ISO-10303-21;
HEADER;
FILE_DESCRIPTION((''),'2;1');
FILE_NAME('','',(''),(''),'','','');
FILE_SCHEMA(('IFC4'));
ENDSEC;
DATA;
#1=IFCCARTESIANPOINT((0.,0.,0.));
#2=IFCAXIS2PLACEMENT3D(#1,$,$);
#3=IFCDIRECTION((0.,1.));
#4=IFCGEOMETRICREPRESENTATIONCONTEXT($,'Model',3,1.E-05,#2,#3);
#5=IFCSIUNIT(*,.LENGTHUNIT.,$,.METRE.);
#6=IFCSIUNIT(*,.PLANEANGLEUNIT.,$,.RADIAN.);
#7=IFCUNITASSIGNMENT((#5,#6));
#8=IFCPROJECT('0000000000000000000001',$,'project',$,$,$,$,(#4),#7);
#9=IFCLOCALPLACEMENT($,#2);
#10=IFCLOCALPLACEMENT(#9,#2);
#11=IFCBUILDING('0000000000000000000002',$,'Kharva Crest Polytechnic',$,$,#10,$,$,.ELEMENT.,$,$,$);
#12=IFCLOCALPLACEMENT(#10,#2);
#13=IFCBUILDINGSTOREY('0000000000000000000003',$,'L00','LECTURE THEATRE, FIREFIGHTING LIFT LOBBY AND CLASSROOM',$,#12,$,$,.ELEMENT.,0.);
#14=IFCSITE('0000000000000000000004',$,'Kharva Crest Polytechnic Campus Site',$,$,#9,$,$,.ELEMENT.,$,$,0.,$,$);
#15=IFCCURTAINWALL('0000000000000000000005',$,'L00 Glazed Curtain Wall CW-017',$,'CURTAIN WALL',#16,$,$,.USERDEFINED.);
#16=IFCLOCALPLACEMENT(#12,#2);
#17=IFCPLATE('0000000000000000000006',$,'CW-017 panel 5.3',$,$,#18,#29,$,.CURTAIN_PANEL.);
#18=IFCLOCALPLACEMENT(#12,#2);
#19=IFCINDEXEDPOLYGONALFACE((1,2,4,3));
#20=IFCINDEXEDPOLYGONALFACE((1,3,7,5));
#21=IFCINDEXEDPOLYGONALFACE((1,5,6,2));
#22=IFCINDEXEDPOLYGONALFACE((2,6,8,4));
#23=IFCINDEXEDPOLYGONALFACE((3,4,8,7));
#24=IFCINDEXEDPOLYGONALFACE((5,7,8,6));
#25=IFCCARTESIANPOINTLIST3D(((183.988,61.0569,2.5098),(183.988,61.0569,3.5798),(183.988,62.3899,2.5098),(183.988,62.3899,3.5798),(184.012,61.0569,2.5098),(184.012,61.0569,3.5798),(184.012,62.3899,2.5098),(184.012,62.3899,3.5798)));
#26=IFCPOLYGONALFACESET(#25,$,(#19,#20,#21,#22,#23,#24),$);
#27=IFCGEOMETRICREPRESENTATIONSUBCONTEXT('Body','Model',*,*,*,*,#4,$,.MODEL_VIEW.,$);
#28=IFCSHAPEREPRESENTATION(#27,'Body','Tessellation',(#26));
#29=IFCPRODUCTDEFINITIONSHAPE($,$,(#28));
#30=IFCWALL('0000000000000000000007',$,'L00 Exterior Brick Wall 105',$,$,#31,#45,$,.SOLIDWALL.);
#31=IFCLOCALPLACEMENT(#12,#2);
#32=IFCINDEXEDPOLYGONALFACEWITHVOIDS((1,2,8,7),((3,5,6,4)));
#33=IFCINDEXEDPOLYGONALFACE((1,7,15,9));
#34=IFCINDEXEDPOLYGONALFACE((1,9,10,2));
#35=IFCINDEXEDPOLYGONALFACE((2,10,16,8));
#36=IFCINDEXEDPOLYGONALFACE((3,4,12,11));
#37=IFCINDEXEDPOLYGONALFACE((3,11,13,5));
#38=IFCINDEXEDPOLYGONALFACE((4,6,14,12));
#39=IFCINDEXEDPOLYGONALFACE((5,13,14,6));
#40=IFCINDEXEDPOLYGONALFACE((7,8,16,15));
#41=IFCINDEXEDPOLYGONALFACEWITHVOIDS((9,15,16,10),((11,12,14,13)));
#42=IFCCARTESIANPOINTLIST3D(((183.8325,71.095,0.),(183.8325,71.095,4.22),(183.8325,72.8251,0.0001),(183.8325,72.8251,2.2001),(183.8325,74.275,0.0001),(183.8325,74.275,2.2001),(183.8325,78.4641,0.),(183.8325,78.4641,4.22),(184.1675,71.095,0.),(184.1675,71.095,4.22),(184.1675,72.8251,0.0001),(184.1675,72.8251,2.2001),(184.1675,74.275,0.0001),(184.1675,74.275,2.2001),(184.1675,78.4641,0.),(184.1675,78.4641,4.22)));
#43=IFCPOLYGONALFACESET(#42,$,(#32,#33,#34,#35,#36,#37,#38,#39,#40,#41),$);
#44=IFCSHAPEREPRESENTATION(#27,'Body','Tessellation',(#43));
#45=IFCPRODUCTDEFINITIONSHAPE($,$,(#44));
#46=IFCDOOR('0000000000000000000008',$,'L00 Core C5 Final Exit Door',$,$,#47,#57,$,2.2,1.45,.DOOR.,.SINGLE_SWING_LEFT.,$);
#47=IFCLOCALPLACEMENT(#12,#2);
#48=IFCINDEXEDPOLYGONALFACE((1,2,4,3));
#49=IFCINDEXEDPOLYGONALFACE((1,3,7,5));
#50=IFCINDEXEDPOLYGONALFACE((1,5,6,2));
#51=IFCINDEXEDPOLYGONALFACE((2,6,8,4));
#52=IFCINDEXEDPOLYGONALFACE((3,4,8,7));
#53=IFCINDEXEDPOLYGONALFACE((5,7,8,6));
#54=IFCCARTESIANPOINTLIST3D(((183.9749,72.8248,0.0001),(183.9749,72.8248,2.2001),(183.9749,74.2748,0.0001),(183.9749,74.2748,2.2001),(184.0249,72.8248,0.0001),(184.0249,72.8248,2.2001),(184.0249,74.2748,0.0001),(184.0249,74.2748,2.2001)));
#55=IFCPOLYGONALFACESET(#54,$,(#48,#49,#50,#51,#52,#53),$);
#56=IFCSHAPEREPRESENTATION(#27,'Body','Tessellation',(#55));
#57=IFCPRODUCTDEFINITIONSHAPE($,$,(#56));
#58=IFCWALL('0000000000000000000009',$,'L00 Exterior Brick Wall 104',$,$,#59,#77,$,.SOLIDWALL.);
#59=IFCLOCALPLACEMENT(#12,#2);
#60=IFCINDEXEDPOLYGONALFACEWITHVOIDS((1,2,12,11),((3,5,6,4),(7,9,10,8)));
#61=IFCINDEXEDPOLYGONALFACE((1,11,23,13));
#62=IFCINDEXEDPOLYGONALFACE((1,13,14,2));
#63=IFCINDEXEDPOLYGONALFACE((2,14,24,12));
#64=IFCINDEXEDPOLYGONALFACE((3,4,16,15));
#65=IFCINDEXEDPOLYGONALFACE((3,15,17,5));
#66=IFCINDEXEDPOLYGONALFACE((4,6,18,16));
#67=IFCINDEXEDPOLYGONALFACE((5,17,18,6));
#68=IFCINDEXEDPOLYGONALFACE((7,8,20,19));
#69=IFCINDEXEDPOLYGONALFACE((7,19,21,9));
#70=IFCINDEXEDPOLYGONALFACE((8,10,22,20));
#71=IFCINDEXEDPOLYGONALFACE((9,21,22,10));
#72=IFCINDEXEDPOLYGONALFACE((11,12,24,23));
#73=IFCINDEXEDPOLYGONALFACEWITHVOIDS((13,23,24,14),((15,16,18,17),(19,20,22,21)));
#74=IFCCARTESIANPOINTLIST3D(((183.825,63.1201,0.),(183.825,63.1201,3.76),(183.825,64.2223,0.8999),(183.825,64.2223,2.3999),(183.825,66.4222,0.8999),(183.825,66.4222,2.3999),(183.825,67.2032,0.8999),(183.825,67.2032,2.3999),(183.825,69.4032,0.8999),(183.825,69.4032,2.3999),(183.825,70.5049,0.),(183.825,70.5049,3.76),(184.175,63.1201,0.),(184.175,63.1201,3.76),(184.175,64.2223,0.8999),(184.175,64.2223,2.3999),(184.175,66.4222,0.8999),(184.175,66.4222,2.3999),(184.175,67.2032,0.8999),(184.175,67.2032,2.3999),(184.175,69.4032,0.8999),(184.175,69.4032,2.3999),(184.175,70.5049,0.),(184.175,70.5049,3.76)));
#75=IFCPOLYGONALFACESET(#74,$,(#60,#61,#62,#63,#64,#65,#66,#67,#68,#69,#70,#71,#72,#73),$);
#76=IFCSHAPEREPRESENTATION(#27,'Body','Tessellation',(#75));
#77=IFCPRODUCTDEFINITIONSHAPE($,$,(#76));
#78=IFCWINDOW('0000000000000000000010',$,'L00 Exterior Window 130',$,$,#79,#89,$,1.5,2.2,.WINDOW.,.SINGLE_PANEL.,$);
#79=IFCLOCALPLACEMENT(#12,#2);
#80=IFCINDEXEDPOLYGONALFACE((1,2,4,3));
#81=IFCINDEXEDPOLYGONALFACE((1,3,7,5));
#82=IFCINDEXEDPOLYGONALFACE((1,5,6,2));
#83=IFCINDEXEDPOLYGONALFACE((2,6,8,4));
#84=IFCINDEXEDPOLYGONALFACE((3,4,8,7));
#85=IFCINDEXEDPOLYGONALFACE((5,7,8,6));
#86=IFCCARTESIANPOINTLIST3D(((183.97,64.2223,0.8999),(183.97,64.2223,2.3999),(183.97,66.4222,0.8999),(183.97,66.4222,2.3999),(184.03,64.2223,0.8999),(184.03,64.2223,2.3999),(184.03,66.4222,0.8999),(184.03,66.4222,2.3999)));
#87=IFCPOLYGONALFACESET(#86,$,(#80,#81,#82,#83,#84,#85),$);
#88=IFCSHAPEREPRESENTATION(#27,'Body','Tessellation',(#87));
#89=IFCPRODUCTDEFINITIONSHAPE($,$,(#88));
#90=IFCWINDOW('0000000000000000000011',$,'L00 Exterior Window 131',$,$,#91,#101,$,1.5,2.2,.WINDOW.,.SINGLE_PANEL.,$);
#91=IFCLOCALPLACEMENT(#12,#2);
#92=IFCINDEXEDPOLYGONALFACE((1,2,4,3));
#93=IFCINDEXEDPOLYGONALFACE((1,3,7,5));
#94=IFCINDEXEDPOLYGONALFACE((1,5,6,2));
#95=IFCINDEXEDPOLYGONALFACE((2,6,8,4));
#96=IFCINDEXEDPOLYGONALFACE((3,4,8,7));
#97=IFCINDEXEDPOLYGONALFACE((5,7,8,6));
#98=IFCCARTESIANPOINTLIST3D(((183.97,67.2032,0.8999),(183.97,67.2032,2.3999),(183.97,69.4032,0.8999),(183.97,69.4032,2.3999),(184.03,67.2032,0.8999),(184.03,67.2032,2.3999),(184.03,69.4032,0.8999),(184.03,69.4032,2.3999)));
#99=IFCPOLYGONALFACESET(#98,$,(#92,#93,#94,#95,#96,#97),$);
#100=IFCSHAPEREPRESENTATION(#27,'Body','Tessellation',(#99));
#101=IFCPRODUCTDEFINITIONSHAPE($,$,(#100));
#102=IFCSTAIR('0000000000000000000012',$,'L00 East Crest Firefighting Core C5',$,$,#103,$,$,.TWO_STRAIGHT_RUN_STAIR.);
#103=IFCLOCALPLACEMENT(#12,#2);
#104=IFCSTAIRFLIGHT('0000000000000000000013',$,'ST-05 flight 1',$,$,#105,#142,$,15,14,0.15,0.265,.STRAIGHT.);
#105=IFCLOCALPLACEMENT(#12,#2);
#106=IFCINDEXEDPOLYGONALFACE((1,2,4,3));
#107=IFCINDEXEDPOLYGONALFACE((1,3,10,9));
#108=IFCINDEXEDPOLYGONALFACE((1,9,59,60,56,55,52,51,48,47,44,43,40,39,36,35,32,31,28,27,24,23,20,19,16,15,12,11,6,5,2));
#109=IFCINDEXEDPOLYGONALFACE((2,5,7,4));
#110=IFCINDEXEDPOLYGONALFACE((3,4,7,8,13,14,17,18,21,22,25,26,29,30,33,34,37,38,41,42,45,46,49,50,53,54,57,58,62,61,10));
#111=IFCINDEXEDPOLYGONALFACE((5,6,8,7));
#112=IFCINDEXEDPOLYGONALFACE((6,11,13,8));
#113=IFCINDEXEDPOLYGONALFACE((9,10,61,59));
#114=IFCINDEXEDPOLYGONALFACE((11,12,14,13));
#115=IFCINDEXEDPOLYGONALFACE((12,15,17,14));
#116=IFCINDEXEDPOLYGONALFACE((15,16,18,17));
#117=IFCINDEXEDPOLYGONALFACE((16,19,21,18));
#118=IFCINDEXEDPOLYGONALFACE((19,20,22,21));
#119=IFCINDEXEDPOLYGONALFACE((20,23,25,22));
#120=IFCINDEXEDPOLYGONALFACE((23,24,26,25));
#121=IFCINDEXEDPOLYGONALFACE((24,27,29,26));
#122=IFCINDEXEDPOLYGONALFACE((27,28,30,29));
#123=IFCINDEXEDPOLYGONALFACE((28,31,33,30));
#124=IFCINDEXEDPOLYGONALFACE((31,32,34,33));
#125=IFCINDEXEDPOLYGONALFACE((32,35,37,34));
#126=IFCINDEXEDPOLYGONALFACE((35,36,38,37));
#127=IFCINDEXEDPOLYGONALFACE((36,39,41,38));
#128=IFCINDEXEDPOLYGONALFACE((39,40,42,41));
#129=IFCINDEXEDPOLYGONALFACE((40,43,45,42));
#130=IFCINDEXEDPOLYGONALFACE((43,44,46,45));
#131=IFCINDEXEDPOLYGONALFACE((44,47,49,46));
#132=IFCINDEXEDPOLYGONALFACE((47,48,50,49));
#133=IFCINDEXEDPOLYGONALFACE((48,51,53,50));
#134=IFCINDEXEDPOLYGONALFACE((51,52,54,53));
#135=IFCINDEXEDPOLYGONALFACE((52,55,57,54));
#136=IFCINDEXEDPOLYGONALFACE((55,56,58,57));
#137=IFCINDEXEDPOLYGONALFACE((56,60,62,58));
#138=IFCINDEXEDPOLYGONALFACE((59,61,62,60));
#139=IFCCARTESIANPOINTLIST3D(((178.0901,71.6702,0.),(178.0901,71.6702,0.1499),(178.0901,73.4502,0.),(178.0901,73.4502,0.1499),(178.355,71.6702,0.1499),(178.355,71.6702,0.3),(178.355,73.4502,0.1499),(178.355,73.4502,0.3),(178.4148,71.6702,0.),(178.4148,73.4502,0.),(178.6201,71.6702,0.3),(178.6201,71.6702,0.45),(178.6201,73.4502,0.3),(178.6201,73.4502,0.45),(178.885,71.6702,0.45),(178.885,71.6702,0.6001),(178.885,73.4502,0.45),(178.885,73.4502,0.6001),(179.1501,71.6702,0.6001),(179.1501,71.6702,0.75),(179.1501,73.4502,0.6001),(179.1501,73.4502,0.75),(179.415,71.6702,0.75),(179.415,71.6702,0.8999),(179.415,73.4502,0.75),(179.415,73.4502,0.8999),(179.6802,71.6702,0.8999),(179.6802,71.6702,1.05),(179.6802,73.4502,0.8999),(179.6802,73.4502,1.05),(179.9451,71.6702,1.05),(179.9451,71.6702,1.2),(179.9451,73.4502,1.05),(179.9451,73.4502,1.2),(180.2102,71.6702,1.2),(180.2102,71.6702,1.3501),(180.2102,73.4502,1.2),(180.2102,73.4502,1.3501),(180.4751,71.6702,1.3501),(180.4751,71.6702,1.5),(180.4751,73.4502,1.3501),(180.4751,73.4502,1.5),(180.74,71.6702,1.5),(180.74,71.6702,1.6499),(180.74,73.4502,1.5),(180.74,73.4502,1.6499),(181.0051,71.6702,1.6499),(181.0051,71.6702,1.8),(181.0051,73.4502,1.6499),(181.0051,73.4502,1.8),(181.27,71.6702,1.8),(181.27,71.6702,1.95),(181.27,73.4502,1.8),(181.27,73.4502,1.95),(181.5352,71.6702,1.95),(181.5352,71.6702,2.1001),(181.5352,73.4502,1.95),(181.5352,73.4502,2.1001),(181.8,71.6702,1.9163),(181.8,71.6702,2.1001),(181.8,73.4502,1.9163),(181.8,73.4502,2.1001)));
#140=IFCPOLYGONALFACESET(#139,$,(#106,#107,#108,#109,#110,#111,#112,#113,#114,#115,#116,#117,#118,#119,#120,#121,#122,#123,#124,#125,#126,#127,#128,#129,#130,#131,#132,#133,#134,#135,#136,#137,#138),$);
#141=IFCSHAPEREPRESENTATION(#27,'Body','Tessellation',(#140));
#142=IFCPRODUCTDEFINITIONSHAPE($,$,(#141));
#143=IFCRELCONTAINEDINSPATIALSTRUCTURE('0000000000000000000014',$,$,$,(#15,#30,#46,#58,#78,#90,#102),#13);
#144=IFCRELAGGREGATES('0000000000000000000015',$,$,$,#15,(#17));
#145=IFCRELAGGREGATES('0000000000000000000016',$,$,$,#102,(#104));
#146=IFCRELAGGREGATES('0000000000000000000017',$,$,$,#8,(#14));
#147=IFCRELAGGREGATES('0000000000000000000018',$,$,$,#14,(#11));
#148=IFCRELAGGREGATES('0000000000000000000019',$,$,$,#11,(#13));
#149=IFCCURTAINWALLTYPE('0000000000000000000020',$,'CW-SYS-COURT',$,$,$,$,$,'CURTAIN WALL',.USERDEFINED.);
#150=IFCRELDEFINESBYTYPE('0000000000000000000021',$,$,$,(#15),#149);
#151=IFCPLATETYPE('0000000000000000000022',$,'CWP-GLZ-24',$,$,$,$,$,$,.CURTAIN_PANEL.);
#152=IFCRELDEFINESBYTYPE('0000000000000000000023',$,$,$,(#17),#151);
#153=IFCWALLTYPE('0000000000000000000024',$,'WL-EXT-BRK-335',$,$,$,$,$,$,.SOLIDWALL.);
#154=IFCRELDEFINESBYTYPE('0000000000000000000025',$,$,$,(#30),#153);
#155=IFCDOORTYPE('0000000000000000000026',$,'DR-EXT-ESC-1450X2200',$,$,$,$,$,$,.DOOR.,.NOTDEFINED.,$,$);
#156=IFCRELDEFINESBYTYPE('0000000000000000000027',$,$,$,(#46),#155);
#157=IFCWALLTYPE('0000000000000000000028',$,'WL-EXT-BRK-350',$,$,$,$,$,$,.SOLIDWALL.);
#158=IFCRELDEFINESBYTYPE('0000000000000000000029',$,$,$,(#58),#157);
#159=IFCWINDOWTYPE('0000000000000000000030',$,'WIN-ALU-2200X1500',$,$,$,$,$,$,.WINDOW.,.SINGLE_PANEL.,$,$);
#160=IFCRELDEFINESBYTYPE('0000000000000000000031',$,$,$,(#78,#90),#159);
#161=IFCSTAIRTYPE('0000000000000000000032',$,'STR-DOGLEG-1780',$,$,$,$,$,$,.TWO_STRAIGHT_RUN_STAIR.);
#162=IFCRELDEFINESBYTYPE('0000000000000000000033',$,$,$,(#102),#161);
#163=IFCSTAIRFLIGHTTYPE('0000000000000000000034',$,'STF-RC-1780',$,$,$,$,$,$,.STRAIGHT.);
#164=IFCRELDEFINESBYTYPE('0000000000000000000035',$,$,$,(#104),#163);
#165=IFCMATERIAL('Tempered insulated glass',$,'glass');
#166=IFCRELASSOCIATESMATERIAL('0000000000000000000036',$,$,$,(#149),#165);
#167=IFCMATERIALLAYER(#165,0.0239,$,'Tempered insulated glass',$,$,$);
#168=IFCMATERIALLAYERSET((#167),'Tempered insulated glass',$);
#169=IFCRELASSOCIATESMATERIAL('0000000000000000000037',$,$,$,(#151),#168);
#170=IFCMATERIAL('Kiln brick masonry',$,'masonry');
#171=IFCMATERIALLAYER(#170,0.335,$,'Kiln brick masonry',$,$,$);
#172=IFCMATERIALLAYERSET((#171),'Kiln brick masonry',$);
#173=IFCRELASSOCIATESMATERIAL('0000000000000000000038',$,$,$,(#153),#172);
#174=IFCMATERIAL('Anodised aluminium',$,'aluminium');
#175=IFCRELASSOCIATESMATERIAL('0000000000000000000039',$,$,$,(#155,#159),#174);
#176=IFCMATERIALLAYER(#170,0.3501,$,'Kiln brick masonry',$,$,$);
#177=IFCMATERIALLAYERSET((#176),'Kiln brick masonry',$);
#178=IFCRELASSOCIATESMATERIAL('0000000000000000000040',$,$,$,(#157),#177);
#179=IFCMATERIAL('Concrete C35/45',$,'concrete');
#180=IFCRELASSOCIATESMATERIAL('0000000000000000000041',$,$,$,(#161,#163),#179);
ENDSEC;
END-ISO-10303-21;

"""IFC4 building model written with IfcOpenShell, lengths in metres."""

from ifc_helpers import new_model, si_unit, direction, frame, frame_2d, origin, origin_2d, place, context, subcontext, project, spatial, polyline, rectangle, outline, extrude, material, layer, layer_set, type_object, element, fill, aggregate, save


model = new_model("IFC4")

# Units and contexts
model_context = context("Model", 3, precision=1e-05, world=origin(), true_north=direction((0.0, 1.0)))
body_context = subcontext(model_context, "Body", "Model", "MODEL_VIEW")
ifc_project = project(units=[si_unit("LENGTHUNIT", "METRE"), si_unit("PLANEANGLEUNIT", "RADIAN")], contexts=[model_context])

# Site, building, storey
site_placement = place(None, origin())
site = spatial("IfcSite", under=ifc_project, at=site_placement, Name="Kharva Crest Polytechnic Campus Site", CompositionType="ELEMENT", RefElevation=0.0)
building_placement = place(site_placement, origin())
building = spatial("IfcBuilding", under=site, at=building_placement, Name="Kharva Crest Polytechnic", CompositionType="ELEMENT")
storey_placement = place(building_placement, origin())
storey = spatial("IfcBuildingStorey", under=building, at=storey_placement, Name="L00", Description="LECTURE THEATRE, FIREFIGHTING LIFT LOBBY AND CLASSROOM", CompositionType="ELEMENT", Elevation=0.0)

# Shared definitions
ifc_material_1 = material(Name="Concrete C35/45", Category="concrete")

# Curtain wall
ifc_material_2 = material(Name="Tempered insulated glass", Category="glass")
curtain_wall_type = type_object("IfcCurtainWallType", Name="CW-SYS-COURT", ElementType="CURTAIN WALL", PredefinedType="USERDEFINED", material=ifc_material_2)
curtain_wall_placement = place(storey_placement, origin())
curtain_wall = element("IfcCurtainWall", 1, at=curtain_wall_placement, inside=storey, type_object=curtain_wall_type, Name="L00 Glazed Curtain Wall CW-017", ObjectType="CURTAIN WALL", PredefinedType="USERDEFINED")

# Plate
ifc_layer_1 = layer(ifc_material_2, 0.0239, Name="Tempered insulated glass")
ifc_layer_set_1 = layer_set([ifc_layer_1], Name="Tempered insulated glass")
plate_type = type_object("IfcPlateType", Name="CWP-GLZ-24", PredefinedType="CURTAIN_PANEL", material=ifc_layer_set_1)
plate_placement = place(storey_placement, frame((184.0, 61.7234, 2.5098), z_axis=(0.0, 0.0, 1.0), x_axis=(0.0, 1.0, 0.0)))
plate = element("IfcPlate", 2, at=plate_placement, type_object=plate_type, Name="CW-017 panel 5.3", PredefinedType="CURTAIN_PANEL", context=body_context, shape_type="SweptSolid", body=[
    extrude(rectangle(XDim=1.333, YDim=0.0239, at=origin_2d()), origin(), (0.0, 0.0, 1.0), 1.0701),
])
aggregate(curtain_wall, [plate])

# Wall, opening, door
ifc_material_3 = material(Name="Kiln brick masonry", Category="masonry")
ifc_layer_2 = layer(ifc_material_3, 0.335, Name="Kiln brick masonry")
ifc_layer_set_2 = layer_set([ifc_layer_2], Name="Kiln brick masonry")
wall_type_1 = type_object("IfcWallType", Name="WL-EXT-BRK-335", PredefinedType="SOLIDWALL", material=ifc_layer_set_2)
wall_1_placement = place(storey_placement, frame((184.0, 71.095, 0.0), z_axis=(0.0, 0.0, 1.0), x_axis=(0.0, 1.0, 0.0)))
wall_1 = element("IfcWall", 3, at=wall_1_placement, inside=storey, type_object=wall_type_1, Name="L00 Exterior Brick Wall 105", PredefinedType="SOLIDWALL", context=body_context, shape_type="SweptSolid", body=[
    extrude(rectangle(XDim=7.3691, YDim=0.335, at=frame_2d((3.6846, 0.0))), origin(), (0.0, 0.0, 1.0), 4.22),
])
opening_1_placement = place(wall_1_placement, frame((1.73, 0.0, 0.0)))
opening_1 = element("IfcOpeningElement", 4, at=opening_1_placement, cuts=wall_1, PredefinedType="OPENING", context=body_context, shape_type="SweptSolid", body=[
    extrude(rectangle(XDim=1.45, YDim=2.2, at=frame_2d((0.7251, 1.1001))), frame((0.0, 0.1775, 0.0), z_axis=(0.0, -1.0, 0.0), x_axis=(1.0, 0.0, 0.0)), (0.0, 0.0, 1.0), 0.355),
])
ifc_material_4 = material(Name="Anodised aluminium", Category="aluminium")
door_type = type_object("IfcDoorType", Name="DR-EXT-ESC-1450X2200", OperationType="NOTDEFINED", PredefinedType="DOOR", material=ifc_material_4)
door_placement = place(opening_1_placement, frame((1.45, 0.0, 0.0), z_axis=(0.0, 0.0, 1.0), x_axis=(-1.0, 0.0, 0.0)))
door = element("IfcDoor", 5, at=door_placement, inside=storey, type_object=door_type, Name="L00 Core C5 Final Exit Door", OperationType="SINGLE_SWING_LEFT", OverallHeight=2.2, OverallWidth=1.45, PredefinedType="DOOR", context=body_context, shape_type="SweptSolid", body=[
    extrude(rectangle(XDim=1.45, YDim=2.2, at=frame_2d((0.7251, 1.1001))), frame((0.0, 0.0249, 0.0), z_axis=(0.0, -1.0, 0.0), x_axis=(1.0, 0.0, 0.0)), (0.0, 0.0, 1.0), 0.05),
])
fill(opening_1, door)

# Wall, openings, windows
ifc_layer_3 = layer(ifc_material_3, 0.3501, Name="Kiln brick masonry")
ifc_layer_set_3 = layer_set([ifc_layer_3], Name="Kiln brick masonry")
wall_type_2 = type_object("IfcWallType", Name="WL-EXT-BRK-350", PredefinedType="SOLIDWALL", material=ifc_layer_set_3)
wall_2_placement = place(storey_placement, frame((184.0, 63.1201, 0.0), z_axis=(0.0, 0.0, 1.0), x_axis=(0.0, 1.0, 0.0)))
wall_2 = element("IfcWall", 6, at=wall_2_placement, inside=storey, type_object=wall_type_2, Name="L00 Exterior Brick Wall 104", PredefinedType="SOLIDWALL", context=body_context, shape_type="SweptSolid", body=[
    extrude(rectangle(XDim=7.3848, YDim=0.3501, at=frame_2d((3.6924, 0.0))), origin(), (0.0, 0.0, 1.0), 3.76),
])
opening_2_placement = place(wall_2_placement, frame((1.1021, 0.0, 0.8999)))
opening_2 = element("IfcOpeningElement", 7, at=opening_2_placement, cuts=wall_2, PredefinedType="OPENING", context=body_context, shape_type="SweptSolid", body=[
    extrude(rectangle(XDim=2.2, YDim=1.5, at=frame_2d((1.1001, 0.75))), frame((0.0, 0.1851, 0.0), z_axis=(0.0, -1.0, 0.0), x_axis=(1.0, 0.0, 0.0)), (0.0, 0.0, 1.0), 0.3701),
])
opening_3_placement = place(wall_2_placement, frame((4.083, 0.0, 0.8999)))
opening_3 = element("IfcOpeningElement", 8, at=opening_3_placement, cuts=wall_2, PredefinedType="OPENING", context=body_context, shape_type="SweptSolid", body=[
    extrude(rectangle(XDim=2.2, YDim=1.5, at=frame_2d((1.1001, 0.75))), frame((0.0, 0.1851, 0.0), z_axis=(0.0, -1.0, 0.0), x_axis=(1.0, 0.0, 0.0)), (0.0, 0.0, 1.0), 0.3701),
])
window_type = type_object("IfcWindowType", Name="WIN-ALU-2200X1500", PartitioningType="SINGLE_PANEL", PredefinedType="WINDOW", material=ifc_material_4)
window_1_placement = place(opening_2_placement, origin())
window_1 = element("IfcWindow", 9, at=window_1_placement, inside=storey, type_object=window_type, Name="L00 Exterior Window 130", OverallHeight=1.5, OverallWidth=2.2, PartitioningType="SINGLE_PANEL", PredefinedType="WINDOW", context=body_context, shape_type="SweptSolid", body=[
    extrude(rectangle(XDim=2.2, YDim=1.5, at=frame_2d((1.1001, 0.75))), frame((0.0, 0.03, 0.0), z_axis=(0.0, -1.0, 0.0), x_axis=(1.0, 0.0, 0.0)), (0.0, 0.0, 1.0), 0.0601),
])
fill(opening_2, window_1)
window_2_placement = place(opening_3_placement, origin())
window_2 = element("IfcWindow", 10, at=window_2_placement, inside=storey, type_object=window_type, Name="L00 Exterior Window 131", OverallHeight=1.5, OverallWidth=2.2, PartitioningType="SINGLE_PANEL", PredefinedType="WINDOW", context=body_context, shape_type="SweptSolid", body=[
    extrude(rectangle(XDim=2.2, YDim=1.5, at=frame_2d((1.1001, 0.75))), frame((0.0, 0.03, 0.0), z_axis=(0.0, -1.0, 0.0), x_axis=(1.0, 0.0, 0.0)), (0.0, 0.0, 1.0), 0.0601),
])
fill(opening_3, window_2)

# Stair, stair flight
stair_type = type_object("IfcStairType", Name="STR-DOGLEG-1780", PredefinedType="TWO_STRAIGHT_RUN_STAIR", material=ifc_material_1)
stair_placement = place(storey_placement, origin())
stair = element("IfcStair", 11, at=stair_placement, inside=storey, type_object=stair_type, Name="L00 East Crest Firefighting Core C5", PredefinedType="TWO_STRAIGHT_RUN_STAIR")
stair_flight_type = type_object("IfcStairFlightType", Name="STF-RC-1780", PredefinedType="STRAIGHT", material=ifc_material_1)
stair_flight_1_placement = place(storey_placement, frame((178.0901, 72.5601, 0.0), z_axis=(0.0, 0.0, 1.0), x_axis=(1.0, 0.0, 0.0)))
stair_flight_1 = element("IfcStairFlight", 12, at=stair_flight_1_placement, type_object=stair_flight_type, Name="ST-05 flight 1", NumberOfRisers=15, NumberOfTreads=14, PredefinedType="STRAIGHT", RiserHeight=0.15, TreadLength=0.265, context=body_context, shape_type="SweptSolid", body=[
    extrude(outline(polyline([(0.0, 0.0), (0.0, 0.1499), (0.2649, 0.1499), (0.2649, 0.3), (0.53, 0.3), (0.53, 0.45), (0.7949, 0.45), (0.7949, 0.6001), (1.0601, 0.6001), (1.0601, 0.75), (1.325, 0.75), (1.325, 0.8999), (1.5901, 0.8999), (1.5901, 1.05), (1.855, 1.05), (1.855, 1.2), (2.1201, 1.2), (2.1201, 1.3501), (2.385, 1.3501), (2.385, 1.5), (2.6499, 1.5), (2.6499, 1.6499), (2.915, 1.6499), (2.915, 1.8), (3.1799, 1.8), (3.1799, 1.95), (3.4451, 1.95), (3.4451, 2.1001), (3.71, 2.1001), (3.71, 2.25), (3.71, 1.9163), (0.3247, 0.0), (0.0, 0.0)])), frame((0.0, 0.8901, 0.0), z_axis=(0.0, -1.0, 0.0), x_axis=(1.0, 0.0, 0.0)), (0.0, 0.0, 1.0), 1.78),
])
aggregate(stair, [stair_flight_1])

save(model, "model.ifc")
